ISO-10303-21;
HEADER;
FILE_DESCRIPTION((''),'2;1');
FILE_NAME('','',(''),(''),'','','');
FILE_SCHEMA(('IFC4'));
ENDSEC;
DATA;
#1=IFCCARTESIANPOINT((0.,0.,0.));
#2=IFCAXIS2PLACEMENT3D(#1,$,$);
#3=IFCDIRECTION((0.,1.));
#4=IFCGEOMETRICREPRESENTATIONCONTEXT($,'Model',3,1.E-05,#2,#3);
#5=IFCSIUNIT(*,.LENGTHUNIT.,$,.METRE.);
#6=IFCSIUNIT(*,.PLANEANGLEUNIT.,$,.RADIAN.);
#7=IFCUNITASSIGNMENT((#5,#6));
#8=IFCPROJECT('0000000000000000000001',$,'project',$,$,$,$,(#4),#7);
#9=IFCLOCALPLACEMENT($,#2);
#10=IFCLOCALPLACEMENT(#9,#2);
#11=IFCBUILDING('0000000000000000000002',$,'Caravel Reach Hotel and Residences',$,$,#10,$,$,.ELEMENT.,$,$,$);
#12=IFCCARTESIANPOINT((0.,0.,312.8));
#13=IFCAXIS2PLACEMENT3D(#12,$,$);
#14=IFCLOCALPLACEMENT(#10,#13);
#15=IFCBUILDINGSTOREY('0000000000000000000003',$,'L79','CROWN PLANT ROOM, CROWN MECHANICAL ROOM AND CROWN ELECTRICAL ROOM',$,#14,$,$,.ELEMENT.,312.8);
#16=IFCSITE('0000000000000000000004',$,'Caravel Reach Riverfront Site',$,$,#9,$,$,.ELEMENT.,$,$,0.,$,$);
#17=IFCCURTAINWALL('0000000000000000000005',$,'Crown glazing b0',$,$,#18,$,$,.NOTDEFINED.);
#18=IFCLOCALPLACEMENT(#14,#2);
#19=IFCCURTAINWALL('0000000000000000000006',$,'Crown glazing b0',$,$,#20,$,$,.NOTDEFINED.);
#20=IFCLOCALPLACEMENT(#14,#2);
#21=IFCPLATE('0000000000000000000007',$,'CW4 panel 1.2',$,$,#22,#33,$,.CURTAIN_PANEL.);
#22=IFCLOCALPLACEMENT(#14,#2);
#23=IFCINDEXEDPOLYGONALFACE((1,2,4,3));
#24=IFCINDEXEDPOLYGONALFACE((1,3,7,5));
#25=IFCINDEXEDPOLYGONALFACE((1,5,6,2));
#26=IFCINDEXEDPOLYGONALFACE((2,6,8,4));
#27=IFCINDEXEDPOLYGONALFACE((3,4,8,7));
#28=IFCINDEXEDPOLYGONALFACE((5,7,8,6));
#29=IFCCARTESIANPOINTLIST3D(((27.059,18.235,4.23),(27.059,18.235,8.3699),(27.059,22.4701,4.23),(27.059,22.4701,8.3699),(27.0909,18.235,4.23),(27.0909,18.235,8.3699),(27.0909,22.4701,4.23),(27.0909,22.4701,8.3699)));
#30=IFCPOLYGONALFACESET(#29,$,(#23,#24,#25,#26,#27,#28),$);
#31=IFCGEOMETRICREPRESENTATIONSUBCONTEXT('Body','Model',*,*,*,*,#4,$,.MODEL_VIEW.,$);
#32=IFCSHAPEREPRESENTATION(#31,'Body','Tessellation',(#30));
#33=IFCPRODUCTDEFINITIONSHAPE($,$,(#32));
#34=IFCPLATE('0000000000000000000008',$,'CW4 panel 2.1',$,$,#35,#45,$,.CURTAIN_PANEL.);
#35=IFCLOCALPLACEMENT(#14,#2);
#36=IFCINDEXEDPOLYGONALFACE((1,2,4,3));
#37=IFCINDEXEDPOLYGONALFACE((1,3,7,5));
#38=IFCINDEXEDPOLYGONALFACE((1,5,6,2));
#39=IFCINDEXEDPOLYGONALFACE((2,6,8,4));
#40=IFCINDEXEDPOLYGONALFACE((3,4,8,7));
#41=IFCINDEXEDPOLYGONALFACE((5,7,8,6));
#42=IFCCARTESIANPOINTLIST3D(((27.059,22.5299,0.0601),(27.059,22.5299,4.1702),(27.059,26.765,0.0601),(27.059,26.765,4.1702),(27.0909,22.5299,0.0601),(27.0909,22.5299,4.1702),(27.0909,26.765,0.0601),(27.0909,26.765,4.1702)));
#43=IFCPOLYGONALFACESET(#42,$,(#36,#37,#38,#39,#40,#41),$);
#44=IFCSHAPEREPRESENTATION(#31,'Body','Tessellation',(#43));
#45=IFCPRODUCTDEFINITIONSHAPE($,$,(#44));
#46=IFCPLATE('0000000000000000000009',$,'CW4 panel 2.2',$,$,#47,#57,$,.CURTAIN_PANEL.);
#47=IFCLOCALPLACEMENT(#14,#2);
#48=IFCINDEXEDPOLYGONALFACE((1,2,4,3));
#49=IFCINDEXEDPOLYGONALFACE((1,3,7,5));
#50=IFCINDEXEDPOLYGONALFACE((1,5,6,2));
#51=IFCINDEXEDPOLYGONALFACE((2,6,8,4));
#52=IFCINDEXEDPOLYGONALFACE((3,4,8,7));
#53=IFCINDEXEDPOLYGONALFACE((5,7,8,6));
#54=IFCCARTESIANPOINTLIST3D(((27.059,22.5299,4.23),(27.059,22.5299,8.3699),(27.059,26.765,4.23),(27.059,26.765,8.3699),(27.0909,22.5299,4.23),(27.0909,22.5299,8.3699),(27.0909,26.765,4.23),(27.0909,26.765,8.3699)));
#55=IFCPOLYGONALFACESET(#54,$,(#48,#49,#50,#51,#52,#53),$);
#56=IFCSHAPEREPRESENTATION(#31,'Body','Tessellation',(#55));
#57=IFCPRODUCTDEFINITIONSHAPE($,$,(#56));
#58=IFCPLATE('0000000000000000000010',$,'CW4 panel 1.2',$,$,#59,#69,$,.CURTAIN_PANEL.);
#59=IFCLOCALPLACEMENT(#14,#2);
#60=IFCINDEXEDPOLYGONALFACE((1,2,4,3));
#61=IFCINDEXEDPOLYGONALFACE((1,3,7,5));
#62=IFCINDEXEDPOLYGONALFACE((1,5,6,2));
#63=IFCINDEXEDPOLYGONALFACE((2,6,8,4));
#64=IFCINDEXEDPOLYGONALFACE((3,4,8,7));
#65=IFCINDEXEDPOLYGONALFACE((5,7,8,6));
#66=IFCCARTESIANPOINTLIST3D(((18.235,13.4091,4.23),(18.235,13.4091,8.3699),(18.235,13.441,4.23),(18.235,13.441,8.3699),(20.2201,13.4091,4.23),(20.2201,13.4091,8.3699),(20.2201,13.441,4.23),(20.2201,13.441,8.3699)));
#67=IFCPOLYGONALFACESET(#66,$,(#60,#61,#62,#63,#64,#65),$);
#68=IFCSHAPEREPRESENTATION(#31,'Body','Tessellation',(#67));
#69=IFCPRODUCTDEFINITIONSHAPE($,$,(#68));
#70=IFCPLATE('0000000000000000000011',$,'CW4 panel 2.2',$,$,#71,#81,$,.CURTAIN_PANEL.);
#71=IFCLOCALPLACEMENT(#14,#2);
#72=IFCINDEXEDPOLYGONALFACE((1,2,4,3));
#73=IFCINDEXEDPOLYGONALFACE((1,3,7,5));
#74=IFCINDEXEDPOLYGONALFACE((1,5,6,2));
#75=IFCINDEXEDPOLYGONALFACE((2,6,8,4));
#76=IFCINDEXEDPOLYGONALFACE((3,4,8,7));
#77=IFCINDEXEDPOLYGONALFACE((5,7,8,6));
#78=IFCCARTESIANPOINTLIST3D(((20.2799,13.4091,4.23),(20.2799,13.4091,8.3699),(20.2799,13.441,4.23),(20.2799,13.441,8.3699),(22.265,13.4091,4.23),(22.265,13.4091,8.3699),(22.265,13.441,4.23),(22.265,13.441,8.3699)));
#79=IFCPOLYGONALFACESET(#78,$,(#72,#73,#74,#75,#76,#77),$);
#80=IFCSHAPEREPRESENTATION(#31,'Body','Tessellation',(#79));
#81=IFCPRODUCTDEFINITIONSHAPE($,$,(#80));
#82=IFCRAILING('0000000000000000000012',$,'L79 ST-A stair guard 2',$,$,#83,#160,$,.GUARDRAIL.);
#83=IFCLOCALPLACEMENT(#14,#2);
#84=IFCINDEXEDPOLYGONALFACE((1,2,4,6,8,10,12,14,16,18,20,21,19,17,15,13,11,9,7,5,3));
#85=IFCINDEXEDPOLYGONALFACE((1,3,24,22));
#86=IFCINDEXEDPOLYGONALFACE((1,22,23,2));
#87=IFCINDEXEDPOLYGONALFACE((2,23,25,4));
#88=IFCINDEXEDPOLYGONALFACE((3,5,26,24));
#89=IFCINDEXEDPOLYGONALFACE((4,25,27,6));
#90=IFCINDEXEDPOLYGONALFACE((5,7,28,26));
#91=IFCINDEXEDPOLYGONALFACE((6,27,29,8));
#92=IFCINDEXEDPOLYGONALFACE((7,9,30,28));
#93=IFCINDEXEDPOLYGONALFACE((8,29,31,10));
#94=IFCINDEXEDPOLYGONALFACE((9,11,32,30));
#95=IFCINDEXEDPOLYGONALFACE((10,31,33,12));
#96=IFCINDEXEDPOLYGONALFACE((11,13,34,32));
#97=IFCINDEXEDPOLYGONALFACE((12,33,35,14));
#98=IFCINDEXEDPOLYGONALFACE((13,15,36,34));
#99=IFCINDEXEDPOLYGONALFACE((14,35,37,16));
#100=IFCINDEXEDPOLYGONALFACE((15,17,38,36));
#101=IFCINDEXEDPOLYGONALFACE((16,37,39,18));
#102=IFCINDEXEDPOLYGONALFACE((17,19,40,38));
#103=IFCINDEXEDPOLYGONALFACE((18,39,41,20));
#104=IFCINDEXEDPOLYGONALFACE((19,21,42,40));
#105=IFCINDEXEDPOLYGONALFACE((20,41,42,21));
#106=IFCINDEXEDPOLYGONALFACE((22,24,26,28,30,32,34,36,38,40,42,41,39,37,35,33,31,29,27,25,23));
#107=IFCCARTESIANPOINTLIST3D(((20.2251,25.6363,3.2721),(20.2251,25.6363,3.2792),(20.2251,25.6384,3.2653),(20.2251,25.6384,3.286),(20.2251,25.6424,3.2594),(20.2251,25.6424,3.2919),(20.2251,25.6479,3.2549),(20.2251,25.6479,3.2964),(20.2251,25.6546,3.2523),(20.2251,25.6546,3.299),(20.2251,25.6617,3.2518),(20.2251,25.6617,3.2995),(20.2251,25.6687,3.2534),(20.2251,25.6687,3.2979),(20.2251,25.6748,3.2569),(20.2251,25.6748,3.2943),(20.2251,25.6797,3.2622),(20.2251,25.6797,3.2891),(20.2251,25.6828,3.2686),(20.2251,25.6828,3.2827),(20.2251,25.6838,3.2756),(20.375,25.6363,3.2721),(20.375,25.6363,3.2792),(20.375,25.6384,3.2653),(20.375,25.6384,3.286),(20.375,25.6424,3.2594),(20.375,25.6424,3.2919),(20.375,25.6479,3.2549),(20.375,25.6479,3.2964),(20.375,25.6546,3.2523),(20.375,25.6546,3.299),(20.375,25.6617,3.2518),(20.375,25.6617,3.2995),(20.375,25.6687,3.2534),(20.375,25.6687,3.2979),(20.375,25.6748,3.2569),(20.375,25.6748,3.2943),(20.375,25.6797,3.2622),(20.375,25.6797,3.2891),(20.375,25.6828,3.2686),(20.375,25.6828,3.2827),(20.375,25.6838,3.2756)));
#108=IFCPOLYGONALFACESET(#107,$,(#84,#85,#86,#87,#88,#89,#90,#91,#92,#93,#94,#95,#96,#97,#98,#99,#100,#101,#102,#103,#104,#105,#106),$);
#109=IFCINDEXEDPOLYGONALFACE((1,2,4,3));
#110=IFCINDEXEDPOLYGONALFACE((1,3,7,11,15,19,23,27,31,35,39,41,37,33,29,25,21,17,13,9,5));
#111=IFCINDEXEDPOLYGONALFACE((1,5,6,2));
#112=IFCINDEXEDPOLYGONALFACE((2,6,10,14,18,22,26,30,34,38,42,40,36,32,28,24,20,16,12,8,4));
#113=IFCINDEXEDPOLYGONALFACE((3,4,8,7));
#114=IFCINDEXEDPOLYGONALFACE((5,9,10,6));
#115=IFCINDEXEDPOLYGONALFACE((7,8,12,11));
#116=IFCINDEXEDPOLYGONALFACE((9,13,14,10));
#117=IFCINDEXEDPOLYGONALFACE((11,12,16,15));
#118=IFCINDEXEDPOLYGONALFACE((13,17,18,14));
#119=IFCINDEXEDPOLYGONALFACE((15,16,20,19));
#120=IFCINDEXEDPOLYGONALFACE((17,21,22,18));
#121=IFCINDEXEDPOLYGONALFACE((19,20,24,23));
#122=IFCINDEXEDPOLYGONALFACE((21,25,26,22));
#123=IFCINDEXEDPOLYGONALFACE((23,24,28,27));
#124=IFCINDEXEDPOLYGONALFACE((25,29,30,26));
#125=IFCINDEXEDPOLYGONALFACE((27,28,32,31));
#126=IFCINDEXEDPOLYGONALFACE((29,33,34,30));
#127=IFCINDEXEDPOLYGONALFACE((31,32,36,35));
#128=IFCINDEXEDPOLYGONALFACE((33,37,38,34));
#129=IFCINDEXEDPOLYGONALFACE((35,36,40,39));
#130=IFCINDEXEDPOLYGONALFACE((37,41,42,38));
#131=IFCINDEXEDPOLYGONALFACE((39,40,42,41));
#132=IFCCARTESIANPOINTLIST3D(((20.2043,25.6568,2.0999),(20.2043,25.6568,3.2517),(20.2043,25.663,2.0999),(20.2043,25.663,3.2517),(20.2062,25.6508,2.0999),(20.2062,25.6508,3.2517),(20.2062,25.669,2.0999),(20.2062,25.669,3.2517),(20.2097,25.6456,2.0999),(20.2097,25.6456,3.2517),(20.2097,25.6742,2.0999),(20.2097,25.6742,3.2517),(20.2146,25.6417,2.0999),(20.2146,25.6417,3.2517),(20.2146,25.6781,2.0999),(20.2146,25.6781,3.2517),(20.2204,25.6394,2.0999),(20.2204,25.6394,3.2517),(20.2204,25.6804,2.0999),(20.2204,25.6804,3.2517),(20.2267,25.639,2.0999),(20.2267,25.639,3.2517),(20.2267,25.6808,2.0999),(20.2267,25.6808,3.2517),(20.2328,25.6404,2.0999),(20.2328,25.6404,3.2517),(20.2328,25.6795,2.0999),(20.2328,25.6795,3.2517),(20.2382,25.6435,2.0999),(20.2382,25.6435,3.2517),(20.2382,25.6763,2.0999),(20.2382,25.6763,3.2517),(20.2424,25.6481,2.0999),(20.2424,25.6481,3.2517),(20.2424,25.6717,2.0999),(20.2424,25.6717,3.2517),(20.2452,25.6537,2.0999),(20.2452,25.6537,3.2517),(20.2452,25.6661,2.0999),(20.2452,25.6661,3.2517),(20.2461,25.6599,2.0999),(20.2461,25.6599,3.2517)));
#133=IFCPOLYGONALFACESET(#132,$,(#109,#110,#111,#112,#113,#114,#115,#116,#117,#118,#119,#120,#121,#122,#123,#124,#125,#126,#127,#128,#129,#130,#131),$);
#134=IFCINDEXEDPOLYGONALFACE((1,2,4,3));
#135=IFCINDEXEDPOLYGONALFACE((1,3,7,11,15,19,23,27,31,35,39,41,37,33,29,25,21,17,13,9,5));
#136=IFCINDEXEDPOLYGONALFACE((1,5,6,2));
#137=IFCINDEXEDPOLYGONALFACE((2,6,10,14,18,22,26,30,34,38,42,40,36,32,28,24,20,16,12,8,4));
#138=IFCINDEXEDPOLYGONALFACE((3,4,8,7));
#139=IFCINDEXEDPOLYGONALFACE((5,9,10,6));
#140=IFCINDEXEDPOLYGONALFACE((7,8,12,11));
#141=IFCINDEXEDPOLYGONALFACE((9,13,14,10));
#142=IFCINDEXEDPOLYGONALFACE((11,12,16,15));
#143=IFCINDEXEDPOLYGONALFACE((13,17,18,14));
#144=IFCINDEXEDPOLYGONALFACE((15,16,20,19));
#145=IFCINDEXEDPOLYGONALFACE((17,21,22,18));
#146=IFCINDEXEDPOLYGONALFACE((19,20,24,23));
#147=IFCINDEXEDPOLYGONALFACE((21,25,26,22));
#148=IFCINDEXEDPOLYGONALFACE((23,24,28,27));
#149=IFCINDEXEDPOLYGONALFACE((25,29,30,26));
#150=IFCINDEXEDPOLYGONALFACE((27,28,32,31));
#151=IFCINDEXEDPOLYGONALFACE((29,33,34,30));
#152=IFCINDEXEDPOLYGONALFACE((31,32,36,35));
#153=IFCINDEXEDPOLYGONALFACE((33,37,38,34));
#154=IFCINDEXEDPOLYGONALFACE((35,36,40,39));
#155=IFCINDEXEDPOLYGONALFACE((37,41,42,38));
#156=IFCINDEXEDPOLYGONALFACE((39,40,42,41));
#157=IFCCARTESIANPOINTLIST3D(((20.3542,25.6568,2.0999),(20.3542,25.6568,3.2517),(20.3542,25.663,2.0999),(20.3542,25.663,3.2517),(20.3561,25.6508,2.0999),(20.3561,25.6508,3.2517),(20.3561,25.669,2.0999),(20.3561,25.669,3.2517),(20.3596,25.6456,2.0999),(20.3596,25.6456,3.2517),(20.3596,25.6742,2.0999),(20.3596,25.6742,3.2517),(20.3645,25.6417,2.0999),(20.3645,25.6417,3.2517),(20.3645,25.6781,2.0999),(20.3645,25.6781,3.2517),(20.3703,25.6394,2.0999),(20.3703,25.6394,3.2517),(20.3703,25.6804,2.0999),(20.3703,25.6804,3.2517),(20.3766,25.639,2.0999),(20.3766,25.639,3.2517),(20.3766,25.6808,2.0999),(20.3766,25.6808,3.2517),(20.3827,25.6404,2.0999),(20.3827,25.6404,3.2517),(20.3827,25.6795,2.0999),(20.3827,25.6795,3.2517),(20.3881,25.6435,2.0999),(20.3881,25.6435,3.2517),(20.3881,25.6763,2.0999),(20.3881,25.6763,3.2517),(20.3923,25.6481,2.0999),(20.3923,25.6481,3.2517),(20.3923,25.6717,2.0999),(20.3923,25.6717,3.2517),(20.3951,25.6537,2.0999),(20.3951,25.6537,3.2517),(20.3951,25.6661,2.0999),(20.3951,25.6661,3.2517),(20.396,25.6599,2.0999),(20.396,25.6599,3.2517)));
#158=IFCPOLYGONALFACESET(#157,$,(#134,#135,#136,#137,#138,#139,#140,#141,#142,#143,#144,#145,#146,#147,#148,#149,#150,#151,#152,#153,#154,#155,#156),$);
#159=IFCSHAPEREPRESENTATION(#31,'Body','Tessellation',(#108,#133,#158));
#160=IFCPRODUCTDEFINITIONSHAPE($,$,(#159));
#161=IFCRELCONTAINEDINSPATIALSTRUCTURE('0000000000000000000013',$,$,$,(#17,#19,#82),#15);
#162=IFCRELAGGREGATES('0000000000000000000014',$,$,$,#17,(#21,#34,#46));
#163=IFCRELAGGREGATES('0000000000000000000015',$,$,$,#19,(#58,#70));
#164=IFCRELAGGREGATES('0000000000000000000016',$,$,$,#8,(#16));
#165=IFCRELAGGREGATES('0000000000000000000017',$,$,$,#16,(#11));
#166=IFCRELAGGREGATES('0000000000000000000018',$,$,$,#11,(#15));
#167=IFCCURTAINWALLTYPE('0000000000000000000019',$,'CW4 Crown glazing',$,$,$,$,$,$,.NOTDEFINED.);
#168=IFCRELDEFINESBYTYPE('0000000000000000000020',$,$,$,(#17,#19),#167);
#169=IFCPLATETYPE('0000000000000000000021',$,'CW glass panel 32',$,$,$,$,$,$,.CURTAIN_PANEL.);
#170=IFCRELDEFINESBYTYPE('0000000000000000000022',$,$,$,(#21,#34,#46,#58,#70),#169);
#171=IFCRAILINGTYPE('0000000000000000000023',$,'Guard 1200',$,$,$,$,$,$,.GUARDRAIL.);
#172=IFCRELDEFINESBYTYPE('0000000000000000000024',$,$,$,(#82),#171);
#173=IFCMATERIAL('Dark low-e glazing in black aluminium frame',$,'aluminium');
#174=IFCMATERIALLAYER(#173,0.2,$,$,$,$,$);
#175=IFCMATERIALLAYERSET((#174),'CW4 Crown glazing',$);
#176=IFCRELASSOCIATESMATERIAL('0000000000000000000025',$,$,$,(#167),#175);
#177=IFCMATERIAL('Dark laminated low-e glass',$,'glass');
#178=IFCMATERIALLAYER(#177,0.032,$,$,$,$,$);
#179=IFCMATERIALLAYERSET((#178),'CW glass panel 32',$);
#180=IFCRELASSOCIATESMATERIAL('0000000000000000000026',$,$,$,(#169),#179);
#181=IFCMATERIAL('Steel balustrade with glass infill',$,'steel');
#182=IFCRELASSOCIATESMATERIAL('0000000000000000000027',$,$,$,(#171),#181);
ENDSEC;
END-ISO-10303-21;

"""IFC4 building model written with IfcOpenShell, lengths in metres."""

from ifc_helpers import new_model, si_unit, direction, frame, origin, origin_2d, place, context, subcontext, project, spatial, rectangle, circle, extrude, material, layer, layer_set, type_object, element, aggregate, save


model = new_model("IFC4")

# Units and contexts
model_context = context("Model", 3, precision=1e-05, world=origin(), true_north=direction((0.0, 1.0)))
body_context = subcontext(model_context, "Body", "Model", "MODEL_VIEW")
ifc_project = project(units=[si_unit("LENGTHUNIT", "METRE"), si_unit("PLANEANGLEUNIT", "RADIAN")], contexts=[model_context])

# Site, building, storey
site_placement = place(None, origin())
site = spatial("IfcSite", under=ifc_project, at=site_placement, Name="Caravel Reach Riverfront Site", CompositionType="ELEMENT", RefElevation=0.0)
building_placement = place(site_placement, origin())
building = spatial("IfcBuilding", under=site, at=building_placement, Name="Caravel Reach Hotel and Residences", CompositionType="ELEMENT")
storey_placement = place(building_placement, frame((0.0, 0.0, 312.8)))
storey = spatial("IfcBuildingStorey", under=building, at=storey_placement, Name="L79", Description="CROWN PLANT ROOM, CROWN MECHANICAL ROOM AND CROWN ELECTRICAL ROOM", CompositionType="ELEMENT", Elevation=312.8)

# Shared definitions
ifc_material_1 = material(Name="Dark low-e glazing in black aluminium frame", Category="aluminium")
ifc_layer_1 = layer(ifc_material_1, 0.2)
ifc_layer_set_1 = layer_set([ifc_layer_1], Name="CW4 Crown glazing")
curtain_wall_type = type_object("IfcCurtainWallType", Name="CW4 Crown glazing", PredefinedType="NOTDEFINED", material=ifc_layer_set_1)

# Curtain walls
curtain_wall_1_placement = place(storey_placement, origin())
curtain_wall_1 = element("IfcCurtainWall", 1, at=curtain_wall_1_placement, inside=storey, type_object=curtain_wall_type, Name="Crown glazing b0", PredefinedType="NOTDEFINED")
curtain_wall_2_placement = place(storey_placement, origin())
curtain_wall_2 = element("IfcCurtainWall", 2, at=curtain_wall_2_placement, inside=storey, type_object=curtain_wall_type, Name="Crown glazing b0", PredefinedType="NOTDEFINED")

# Plates
ifc_material_2 = material(Name="Dark laminated low-e glass", Category="glass")
ifc_layer_2 = layer(ifc_material_2, 0.032)
ifc_layer_set_2 = layer_set([ifc_layer_2], Name="CW glass panel 32")
plate_type = type_object("IfcPlateType", Name="CW glass panel 32", PredefinedType="CURTAIN_PANEL", material=ifc_layer_set_2)
plate_1_placement = place(storey_placement, frame((27.075, 20.3525, 4.23), z_axis=(0.0, 0.0, 1.0), x_axis=(0.0, 1.0, 0.0)))
plate_1 = element("IfcPlate", 3, at=plate_1_placement, type_object=plate_type, Name="CW4 panel 1.2", PredefinedType="CURTAIN_PANEL", context=body_context, shape_type="SweptSolid", body=[
    extrude(rectangle(XDim=4.2351, YDim=0.032, at=origin_2d()), origin(), (0.0, 0.0, 1.0), 4.1399),
])
plate_2_placement = place(storey_placement, frame((27.075, 24.6475, 0.0601), z_axis=(0.0, 0.0, 1.0), x_axis=(0.0, 1.0, 0.0)))
plate_2 = element("IfcPlate", 4, at=plate_2_placement, type_object=plate_type, Name="CW4 panel 2.1", PredefinedType="CURTAIN_PANEL", context=body_context, shape_type="SweptSolid", body=[
    extrude(rectangle(XDim=4.2351, YDim=0.032, at=origin_2d()), origin(), (0.0, 0.0, 1.0), 4.1101),
])
plate_3_placement = place(storey_placement, frame((27.075, 24.6475, 4.23), z_axis=(0.0, 0.0, 1.0), x_axis=(0.0, 1.0, 0.0)))
plate_3 = element("IfcPlate", 5, at=plate_3_placement, type_object=plate_type, Name="CW4 panel 2.2", PredefinedType="CURTAIN_PANEL", context=body_context, shape_type="SweptSolid", body=[
    extrude(rectangle(XDim=4.2351, YDim=0.032, at=origin_2d()), origin(), (0.0, 0.0, 1.0), 4.1399),
])
aggregate(curtain_wall_1, [plate_1, plate_2, plate_3])
plate_4_placement = place(storey_placement, frame((19.2275, 13.425, 4.23), z_axis=(0.0, 0.0, 1.0), x_axis=(1.0, 0.0, 0.0)))
plate_4 = element("IfcPlate", 6, at=plate_4_placement, type_object=plate_type, Name="CW4 panel 1.2", PredefinedType="CURTAIN_PANEL", context=body_context, shape_type="SweptSolid", body=[
    extrude(rectangle(XDim=1.9851, YDim=0.032, at=origin_2d()), origin(), (0.0, 0.0, 1.0), 4.1399),
])
plate_5_placement = place(storey_placement, frame((21.2725, 13.425, 4.23), z_axis=(0.0, 0.0, 1.0), x_axis=(1.0, 0.0, 0.0)))
plate_5 = element("IfcPlate", 7, at=plate_5_placement, type_object=plate_type, Name="CW4 panel 2.2", PredefinedType="CURTAIN_PANEL", context=body_context, shape_type="SweptSolid", body=[
    extrude(rectangle(XDim=1.9851, YDim=0.032, at=origin_2d()), origin(), (0.0, 0.0, 1.0), 4.1399),
])
aggregate(curtain_wall_2, [plate_4, plate_5])

# Railing
ifc_material_3 = material(Name="Steel balustrade with glass infill", Category="steel")
railing_type_1 = type_object("IfcRailingType", Name="Guard 1200", PredefinedType="GUARDRAIL", material=ifc_material_3)
railing_1_placement = place(storey_placement, frame((20.2251, 25.6599, 2.0999)))
element("IfcRailing", 8, at=railing_1_placement, inside=storey, type_object=railing_type_1, Name="L79 ST-A stair guard 2", PredefinedType="GUARDRAIL", context=body_context, shape_type="SweptSolid", body=[
    extrude(circle(Radius=0.0239, at=origin_2d()), frame((0.0, 0.0, 1.1758), z_axis=(1.0, 0.0, 0.0), x_axis=(0.0, 1.0, 0.0)), (0.0, 0.0, 1.0), 0.1499),
    extrude(circle(Radius=0.021, at=origin_2d()), origin(), (0.0, 0.0, 1.0), 1.1519),
    extrude(circle(Radius=0.021, at=origin_2d()), frame((0.1499, 0.0, 0.0)), (0.0, 0.0, 1.0), 1.1519),
])

save(model, "model.ifc")
